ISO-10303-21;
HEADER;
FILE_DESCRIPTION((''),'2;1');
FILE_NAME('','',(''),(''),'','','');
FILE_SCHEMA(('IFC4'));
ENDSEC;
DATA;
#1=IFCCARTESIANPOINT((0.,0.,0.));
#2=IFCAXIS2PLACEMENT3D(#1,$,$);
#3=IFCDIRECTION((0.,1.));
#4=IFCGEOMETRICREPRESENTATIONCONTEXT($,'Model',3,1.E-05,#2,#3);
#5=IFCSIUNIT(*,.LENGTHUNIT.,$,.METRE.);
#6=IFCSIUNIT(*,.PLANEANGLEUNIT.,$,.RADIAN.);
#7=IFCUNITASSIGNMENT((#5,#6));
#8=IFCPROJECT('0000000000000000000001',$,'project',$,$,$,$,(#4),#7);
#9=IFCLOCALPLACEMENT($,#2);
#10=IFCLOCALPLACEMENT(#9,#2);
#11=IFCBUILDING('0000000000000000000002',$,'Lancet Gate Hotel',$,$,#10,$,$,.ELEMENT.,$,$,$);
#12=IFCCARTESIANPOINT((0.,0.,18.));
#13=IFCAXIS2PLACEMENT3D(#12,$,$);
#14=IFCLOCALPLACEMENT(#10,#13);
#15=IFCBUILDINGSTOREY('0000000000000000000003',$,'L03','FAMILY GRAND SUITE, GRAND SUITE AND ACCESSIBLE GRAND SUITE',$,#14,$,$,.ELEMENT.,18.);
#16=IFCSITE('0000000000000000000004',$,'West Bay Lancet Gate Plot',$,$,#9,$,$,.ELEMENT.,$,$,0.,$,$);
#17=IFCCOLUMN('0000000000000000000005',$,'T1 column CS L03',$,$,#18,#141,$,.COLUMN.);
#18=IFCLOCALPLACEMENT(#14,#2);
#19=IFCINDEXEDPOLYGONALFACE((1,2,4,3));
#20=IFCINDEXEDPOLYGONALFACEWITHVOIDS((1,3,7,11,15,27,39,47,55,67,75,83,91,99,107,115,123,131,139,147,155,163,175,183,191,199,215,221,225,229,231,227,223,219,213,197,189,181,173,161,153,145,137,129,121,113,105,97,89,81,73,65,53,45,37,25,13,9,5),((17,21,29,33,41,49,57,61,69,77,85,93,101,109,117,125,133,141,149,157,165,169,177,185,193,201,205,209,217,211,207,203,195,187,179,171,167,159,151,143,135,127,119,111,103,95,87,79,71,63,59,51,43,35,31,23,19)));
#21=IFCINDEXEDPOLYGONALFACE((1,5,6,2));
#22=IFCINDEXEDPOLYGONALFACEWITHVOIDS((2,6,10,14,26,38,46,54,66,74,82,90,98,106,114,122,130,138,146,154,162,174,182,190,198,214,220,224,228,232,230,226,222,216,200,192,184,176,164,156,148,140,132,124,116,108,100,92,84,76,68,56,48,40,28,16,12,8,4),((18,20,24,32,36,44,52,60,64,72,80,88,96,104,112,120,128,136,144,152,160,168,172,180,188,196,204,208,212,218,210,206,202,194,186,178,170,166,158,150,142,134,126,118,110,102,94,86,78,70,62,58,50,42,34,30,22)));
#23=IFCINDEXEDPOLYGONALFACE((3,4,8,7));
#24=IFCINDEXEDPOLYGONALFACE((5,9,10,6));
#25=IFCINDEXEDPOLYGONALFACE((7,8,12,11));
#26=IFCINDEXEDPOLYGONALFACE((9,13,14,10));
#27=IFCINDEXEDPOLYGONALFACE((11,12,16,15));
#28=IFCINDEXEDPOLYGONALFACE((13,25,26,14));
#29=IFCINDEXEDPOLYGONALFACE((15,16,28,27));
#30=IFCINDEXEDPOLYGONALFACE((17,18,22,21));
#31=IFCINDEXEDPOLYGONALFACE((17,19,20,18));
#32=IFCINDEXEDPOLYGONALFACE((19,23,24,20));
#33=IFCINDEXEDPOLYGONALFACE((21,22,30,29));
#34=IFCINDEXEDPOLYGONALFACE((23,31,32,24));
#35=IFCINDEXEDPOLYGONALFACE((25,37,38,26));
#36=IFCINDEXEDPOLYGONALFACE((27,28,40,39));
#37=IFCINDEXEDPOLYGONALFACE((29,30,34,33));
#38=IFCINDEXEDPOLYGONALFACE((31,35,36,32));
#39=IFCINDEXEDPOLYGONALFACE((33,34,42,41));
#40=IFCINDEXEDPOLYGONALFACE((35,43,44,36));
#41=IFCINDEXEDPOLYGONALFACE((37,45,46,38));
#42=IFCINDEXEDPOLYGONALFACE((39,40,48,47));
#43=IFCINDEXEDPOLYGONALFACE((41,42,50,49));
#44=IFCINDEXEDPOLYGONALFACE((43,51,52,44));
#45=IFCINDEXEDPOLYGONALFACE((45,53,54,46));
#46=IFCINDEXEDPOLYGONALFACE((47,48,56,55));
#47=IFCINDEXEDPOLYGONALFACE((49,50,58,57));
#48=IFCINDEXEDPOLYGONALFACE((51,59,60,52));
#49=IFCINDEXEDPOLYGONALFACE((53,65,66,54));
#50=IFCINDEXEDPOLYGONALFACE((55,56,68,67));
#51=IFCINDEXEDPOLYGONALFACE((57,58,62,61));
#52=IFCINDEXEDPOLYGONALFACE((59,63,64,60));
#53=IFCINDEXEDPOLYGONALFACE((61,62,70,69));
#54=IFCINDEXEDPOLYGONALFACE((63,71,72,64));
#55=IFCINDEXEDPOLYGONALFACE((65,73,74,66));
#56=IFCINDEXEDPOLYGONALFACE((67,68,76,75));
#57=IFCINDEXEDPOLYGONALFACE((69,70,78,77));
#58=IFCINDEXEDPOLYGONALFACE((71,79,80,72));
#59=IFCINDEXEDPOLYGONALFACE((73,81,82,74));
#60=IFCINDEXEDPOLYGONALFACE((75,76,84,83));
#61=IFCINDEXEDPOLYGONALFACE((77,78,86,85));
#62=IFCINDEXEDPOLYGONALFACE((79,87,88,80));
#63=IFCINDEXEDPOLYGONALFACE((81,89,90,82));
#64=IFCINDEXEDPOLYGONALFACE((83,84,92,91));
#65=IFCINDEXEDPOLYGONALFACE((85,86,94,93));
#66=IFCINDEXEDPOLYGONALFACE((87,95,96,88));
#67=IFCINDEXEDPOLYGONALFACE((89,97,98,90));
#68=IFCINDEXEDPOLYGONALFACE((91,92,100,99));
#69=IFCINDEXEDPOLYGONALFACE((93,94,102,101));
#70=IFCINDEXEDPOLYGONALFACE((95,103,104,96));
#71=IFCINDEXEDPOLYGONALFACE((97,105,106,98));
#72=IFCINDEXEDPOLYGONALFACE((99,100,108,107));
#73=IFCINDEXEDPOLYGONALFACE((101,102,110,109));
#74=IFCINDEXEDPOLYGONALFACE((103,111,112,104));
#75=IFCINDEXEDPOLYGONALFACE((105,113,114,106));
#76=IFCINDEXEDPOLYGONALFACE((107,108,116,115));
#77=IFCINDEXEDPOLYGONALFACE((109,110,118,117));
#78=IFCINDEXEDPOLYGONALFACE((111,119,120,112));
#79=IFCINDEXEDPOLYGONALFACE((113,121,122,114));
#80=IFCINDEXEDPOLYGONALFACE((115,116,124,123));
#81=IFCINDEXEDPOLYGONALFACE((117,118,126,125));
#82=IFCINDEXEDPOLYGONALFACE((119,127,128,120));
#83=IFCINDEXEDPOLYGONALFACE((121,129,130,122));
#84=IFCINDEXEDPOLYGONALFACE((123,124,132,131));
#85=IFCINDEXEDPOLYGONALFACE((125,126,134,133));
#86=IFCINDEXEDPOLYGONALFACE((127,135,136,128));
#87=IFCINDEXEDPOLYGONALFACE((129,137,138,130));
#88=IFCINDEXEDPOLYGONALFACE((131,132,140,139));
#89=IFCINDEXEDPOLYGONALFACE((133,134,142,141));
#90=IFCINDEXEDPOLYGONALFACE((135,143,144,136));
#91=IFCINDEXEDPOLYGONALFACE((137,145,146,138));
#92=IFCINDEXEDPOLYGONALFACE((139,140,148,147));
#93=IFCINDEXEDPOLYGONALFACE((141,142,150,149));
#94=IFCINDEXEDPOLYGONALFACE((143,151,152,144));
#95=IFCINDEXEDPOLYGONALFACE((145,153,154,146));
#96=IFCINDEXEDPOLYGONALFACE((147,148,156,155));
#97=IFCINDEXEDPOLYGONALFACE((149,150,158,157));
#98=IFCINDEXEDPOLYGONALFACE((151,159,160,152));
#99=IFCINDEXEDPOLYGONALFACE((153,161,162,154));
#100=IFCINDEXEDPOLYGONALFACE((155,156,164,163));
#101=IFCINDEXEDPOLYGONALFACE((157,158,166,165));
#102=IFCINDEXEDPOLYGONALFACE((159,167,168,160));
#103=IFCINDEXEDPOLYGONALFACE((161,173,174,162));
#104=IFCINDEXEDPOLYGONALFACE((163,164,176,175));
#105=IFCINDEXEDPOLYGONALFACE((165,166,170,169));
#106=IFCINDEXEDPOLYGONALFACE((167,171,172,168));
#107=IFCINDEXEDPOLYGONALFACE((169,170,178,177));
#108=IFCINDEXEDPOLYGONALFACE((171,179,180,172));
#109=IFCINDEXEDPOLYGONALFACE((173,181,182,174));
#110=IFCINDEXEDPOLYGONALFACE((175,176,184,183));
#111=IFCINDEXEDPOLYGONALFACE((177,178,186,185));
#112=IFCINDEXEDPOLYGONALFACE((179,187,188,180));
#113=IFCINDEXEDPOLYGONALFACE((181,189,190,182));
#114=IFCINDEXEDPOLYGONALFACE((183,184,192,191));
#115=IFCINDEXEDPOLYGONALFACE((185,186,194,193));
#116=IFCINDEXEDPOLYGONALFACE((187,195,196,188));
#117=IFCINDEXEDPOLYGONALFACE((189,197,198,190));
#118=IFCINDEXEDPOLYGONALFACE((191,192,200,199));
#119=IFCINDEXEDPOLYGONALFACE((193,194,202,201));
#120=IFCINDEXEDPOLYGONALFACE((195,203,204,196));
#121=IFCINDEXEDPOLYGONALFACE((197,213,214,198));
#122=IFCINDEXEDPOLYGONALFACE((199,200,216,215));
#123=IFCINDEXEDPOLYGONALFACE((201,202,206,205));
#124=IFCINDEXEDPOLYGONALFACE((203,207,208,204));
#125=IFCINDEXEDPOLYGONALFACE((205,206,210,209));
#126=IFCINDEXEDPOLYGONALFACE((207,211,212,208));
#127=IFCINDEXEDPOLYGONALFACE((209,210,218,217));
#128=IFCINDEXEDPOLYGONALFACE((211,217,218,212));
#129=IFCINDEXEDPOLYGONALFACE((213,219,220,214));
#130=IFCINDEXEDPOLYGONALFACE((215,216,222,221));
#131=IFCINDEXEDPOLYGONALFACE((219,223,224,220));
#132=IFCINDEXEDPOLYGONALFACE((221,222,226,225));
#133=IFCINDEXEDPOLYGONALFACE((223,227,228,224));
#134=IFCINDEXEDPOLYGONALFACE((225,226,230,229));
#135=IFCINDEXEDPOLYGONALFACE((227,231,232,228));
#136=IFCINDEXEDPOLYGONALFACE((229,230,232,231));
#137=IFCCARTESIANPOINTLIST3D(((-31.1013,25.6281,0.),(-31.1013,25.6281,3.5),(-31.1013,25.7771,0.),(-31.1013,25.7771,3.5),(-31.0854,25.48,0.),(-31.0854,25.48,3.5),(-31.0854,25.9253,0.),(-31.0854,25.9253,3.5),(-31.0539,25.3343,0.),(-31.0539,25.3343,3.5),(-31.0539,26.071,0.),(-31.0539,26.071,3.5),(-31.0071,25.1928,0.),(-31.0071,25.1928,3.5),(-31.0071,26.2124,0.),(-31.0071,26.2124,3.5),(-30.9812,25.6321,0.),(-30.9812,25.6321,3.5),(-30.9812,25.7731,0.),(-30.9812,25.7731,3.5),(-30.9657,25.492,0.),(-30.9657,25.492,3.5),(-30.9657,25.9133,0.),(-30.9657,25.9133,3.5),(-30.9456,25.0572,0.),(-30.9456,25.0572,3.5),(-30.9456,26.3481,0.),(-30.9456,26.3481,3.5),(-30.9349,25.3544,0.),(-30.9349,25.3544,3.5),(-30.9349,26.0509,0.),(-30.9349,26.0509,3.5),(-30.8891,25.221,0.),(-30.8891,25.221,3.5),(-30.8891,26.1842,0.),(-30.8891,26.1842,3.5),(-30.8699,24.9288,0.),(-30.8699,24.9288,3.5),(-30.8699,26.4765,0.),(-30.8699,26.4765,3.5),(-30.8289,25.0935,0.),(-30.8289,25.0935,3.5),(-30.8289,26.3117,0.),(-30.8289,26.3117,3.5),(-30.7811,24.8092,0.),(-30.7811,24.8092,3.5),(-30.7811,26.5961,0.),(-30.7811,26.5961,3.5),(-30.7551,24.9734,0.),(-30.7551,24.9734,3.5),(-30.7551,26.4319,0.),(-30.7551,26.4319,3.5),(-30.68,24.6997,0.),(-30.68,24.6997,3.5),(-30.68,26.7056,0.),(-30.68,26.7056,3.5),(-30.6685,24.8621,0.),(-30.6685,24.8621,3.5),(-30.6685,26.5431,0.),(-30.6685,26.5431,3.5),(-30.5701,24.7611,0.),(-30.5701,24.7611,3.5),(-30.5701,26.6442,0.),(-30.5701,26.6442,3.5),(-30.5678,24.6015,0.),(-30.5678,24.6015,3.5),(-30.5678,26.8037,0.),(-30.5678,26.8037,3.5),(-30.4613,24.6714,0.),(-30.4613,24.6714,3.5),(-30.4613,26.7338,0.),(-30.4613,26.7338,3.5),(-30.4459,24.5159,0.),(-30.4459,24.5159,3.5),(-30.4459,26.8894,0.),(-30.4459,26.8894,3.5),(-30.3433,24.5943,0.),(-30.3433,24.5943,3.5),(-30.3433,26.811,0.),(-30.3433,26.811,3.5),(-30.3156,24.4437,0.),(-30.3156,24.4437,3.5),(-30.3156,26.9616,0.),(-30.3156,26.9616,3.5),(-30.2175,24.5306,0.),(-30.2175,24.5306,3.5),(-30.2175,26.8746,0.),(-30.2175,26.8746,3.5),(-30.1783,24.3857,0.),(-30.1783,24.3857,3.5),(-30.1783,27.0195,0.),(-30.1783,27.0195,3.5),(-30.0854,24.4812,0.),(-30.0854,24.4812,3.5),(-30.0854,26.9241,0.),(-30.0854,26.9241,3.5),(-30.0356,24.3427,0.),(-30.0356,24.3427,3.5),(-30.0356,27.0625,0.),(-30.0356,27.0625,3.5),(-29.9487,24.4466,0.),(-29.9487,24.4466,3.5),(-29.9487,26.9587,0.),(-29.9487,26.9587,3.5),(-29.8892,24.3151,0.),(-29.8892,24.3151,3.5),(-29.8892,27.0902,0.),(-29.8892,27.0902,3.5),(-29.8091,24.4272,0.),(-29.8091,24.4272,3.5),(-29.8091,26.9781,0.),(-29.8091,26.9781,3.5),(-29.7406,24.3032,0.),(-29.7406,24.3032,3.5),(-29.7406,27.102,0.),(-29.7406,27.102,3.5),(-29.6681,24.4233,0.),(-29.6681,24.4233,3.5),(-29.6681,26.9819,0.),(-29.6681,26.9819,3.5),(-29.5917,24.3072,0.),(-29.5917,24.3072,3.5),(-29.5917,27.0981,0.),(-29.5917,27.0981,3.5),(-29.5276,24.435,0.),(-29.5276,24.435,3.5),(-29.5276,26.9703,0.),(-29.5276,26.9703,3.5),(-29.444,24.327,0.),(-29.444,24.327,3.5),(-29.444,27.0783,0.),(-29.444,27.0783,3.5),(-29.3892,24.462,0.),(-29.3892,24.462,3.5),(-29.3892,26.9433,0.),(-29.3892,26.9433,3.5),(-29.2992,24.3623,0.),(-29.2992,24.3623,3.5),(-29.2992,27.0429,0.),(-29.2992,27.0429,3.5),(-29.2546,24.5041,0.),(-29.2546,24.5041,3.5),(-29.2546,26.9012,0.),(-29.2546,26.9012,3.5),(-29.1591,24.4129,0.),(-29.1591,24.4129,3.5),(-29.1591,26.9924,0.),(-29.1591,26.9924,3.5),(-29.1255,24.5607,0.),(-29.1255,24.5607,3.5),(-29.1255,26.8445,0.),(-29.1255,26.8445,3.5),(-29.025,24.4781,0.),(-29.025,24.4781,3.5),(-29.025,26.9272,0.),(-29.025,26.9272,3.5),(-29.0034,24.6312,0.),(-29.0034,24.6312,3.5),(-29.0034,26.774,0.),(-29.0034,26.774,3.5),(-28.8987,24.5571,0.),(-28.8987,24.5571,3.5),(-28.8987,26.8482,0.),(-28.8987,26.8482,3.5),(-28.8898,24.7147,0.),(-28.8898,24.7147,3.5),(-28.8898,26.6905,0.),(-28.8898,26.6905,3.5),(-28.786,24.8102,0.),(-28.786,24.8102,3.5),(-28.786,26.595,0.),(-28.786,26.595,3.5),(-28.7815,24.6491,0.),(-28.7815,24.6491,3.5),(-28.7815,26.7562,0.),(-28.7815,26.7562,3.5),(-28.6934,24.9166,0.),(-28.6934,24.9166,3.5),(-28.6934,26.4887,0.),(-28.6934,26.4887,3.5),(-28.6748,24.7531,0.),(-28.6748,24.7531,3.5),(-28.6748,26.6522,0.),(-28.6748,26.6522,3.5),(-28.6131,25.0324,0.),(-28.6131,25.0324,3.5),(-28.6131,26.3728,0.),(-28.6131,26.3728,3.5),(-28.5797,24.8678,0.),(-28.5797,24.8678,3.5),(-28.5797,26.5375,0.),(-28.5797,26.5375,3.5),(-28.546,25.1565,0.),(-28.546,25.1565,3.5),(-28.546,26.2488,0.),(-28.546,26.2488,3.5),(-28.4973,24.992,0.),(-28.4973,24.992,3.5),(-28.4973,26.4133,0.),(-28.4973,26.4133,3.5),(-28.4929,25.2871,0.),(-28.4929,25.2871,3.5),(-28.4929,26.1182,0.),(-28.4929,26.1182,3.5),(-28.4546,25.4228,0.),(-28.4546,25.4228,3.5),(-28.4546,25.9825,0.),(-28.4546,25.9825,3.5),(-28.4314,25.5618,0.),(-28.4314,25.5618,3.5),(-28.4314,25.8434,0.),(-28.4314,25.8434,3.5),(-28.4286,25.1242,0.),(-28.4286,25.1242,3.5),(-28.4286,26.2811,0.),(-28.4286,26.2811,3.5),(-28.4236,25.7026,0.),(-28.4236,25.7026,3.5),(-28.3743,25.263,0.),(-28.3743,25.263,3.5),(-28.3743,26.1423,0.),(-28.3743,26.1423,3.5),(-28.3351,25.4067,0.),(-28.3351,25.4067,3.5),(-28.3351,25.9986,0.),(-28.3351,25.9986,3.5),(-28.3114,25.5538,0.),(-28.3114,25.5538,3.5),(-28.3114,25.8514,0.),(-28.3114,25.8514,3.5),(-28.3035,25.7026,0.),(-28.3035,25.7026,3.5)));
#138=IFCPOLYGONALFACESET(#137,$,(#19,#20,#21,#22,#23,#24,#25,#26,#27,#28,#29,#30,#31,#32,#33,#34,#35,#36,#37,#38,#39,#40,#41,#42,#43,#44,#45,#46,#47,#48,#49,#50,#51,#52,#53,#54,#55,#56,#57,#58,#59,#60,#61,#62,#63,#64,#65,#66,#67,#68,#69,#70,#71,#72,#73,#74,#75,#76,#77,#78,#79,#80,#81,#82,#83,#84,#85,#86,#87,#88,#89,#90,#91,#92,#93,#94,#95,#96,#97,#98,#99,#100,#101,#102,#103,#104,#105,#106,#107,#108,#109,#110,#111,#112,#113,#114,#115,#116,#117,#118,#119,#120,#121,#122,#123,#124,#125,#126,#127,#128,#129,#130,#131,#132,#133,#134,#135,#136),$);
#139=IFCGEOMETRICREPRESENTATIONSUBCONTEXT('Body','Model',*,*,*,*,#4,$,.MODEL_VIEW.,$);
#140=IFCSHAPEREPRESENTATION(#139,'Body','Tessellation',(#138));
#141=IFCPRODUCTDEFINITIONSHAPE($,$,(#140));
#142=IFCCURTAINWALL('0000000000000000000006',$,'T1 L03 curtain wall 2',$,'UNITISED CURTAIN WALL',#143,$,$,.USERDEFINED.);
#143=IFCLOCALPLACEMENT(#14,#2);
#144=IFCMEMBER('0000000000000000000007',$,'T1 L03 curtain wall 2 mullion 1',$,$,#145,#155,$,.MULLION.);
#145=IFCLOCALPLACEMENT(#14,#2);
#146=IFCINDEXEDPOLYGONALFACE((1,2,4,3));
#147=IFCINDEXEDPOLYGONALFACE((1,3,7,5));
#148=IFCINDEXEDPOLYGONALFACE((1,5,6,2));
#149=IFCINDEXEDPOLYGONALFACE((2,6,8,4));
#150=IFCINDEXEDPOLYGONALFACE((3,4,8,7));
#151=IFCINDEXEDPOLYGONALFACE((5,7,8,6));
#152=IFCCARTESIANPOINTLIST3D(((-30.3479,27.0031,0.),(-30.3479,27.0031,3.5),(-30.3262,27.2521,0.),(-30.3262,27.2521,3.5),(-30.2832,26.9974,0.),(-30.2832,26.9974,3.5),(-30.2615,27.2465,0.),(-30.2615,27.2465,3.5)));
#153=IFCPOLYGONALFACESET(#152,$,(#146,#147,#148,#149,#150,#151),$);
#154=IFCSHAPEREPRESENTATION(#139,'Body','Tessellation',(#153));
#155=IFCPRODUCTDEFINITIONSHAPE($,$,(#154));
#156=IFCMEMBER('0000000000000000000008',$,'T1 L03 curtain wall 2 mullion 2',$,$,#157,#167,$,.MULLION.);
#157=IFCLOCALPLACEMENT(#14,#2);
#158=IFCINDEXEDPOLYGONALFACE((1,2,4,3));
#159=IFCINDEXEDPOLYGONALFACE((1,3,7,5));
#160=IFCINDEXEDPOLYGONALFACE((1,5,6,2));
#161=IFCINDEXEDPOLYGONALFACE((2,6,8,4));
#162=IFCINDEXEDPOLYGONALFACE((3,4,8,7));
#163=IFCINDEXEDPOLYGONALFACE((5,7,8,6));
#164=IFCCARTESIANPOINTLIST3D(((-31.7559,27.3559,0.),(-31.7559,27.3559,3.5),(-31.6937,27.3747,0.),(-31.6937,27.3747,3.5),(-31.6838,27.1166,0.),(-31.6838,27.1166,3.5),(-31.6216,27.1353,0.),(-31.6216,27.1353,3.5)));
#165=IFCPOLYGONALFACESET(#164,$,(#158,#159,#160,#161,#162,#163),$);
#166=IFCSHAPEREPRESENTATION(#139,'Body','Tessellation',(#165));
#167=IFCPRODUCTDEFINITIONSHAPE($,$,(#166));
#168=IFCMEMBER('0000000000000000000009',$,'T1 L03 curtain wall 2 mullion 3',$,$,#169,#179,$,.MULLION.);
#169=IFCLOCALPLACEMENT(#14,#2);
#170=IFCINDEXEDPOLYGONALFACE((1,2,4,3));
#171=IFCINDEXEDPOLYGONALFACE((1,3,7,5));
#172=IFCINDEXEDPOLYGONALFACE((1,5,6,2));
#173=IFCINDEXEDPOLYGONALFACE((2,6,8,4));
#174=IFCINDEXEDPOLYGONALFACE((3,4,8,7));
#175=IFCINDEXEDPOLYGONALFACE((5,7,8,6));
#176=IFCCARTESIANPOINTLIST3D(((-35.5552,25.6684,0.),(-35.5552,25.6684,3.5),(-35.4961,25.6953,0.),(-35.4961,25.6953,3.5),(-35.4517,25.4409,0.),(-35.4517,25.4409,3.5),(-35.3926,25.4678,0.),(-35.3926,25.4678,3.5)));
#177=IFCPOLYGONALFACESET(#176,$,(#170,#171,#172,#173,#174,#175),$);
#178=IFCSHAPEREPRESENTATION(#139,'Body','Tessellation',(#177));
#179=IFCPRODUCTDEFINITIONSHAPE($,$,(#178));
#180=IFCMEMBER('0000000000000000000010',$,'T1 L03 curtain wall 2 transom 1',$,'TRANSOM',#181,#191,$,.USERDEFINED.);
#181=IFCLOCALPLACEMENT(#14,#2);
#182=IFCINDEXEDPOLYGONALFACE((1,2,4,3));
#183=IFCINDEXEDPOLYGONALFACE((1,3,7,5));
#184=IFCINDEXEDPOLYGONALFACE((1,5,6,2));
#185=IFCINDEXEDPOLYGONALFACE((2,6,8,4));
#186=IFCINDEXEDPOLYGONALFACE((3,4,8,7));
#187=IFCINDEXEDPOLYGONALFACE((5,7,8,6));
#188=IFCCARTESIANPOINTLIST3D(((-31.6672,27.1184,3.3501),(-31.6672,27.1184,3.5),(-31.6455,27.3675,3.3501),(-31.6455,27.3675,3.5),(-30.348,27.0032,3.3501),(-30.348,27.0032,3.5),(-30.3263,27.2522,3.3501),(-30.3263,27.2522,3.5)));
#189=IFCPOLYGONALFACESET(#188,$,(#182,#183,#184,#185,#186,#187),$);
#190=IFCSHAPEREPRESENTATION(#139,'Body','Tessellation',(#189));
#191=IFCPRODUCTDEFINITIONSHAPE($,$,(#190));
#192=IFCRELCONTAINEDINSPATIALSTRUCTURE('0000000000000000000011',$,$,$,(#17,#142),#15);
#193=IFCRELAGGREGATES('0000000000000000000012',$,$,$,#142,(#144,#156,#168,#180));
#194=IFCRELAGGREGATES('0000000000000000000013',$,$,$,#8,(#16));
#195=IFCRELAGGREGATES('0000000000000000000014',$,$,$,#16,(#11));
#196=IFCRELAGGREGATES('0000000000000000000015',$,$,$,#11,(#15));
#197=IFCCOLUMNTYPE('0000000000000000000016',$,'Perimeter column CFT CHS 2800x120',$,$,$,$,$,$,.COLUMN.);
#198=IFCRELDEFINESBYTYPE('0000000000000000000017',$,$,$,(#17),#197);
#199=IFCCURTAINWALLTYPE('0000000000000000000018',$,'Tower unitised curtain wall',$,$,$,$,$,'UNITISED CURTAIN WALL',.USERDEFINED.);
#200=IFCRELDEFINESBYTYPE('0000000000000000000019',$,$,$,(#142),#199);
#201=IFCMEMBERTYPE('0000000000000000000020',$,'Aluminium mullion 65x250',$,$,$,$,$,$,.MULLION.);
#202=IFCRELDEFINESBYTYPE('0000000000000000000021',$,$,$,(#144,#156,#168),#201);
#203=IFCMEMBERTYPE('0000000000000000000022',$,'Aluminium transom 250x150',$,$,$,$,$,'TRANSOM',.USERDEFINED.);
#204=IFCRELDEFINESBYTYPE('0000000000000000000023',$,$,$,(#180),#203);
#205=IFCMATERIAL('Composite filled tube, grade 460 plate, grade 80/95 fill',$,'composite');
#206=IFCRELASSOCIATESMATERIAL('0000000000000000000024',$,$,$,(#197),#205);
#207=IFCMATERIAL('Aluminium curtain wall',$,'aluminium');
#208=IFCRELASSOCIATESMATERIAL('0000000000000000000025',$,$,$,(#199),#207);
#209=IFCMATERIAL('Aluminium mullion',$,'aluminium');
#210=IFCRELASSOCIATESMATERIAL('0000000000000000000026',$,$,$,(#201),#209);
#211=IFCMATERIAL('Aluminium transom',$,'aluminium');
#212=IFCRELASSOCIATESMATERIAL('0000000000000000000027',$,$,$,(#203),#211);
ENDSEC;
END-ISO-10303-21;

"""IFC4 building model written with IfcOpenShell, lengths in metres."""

from ifc_helpers import new_model, si_unit, direction, frame, origin, origin_2d, place, context, subcontext, project, spatial, rectangle, hollow_circle, extrude, material, material_profile, profile_set, type_object, element, aggregate, save


model = new_model("IFC4")

# Units and contexts
model_context = context("Model", 3, precision=1e-05, world=origin(), true_north=direction((0.0, 1.0)))
body_context = subcontext(model_context, "Body", "Model", "MODEL_VIEW")
ifc_project = project(units=[si_unit("LENGTHUNIT", "METRE"), si_unit("PLANEANGLEUNIT", "RADIAN")], contexts=[model_context])

# Site, building, storey
site_placement = place(None, origin())
site = spatial("IfcSite", under=ifc_project, at=site_placement, Name="West Bay Lancet Gate Plot", CompositionType="ELEMENT", RefElevation=0.0)
building_placement = place(site_placement, origin())
building = spatial("IfcBuilding", under=site, at=building_placement, Name="Lancet Gate Hotel", CompositionType="ELEMENT")
storey_placement = place(building_placement, frame((0.0, 0.0, 18.0)))
storey = spatial("IfcBuildingStorey", under=building, at=storey_placement, Name="L03", Description="FAMILY GRAND SUITE, GRAND SUITE AND ACCESSIBLE GRAND SUITE", CompositionType="ELEMENT", Elevation=18.0)

# Column
ifc_material_1 = material(Name="Composite filled tube, grade 460 plate, grade 80/95 fill", Category="composite")
ifc_material_profile_1 = material_profile(ifc_material_1, hollow_circle(Radius=1.3999, WallThickness=0.1201, at=origin_2d()), Name="CHS 2800x120")
ifc_profile_set_1 = profile_set([ifc_material_profile_1], Name="Composite filled tube, grade 460 plate, grade 80/95 fill")
column_type = type_object("IfcColumnType", Name="Perimeter column CFT CHS 2800x120", PredefinedType="COLUMN", material=ifc_profile_set_1)
column_placement = place(storey_placement, frame((-29.7034, 25.7026, 0.0), z_axis=(0.0, 0.0, 1.0), x_axis=(1.0, 0.0, 0.0)))
element("IfcColumn", 1, at=column_placement, inside=storey, type_object=column_type, Name="T1 column CS L03", PredefinedType="COLUMN", context=body_context, shape_type="SweptSolid", body=[
    extrude(hollow_circle(Radius=1.3999, WallThickness=0.1201, at=origin_2d()), origin(), (0.0, 0.0, 1.0), 3.5),
])

# Curtain wall, members
ifc_material_2 = material(Name="Aluminium curtain wall", Category="aluminium")
curtain_wall_type = type_object("IfcCurtainWallType", Name="Tower unitised curtain wall", ElementType="UNITISED CURTAIN WALL", PredefinedType="USERDEFINED", material=ifc_material_2)
curtain_wall_placement = place(storey_placement, origin())
curtain_wall = element("IfcCurtainWall", 2, at=curtain_wall_placement, inside=storey, type_object=curtain_wall_type, Name="T1 L03 curtain wall 2", ObjectType="UNITISED CURTAIN WALL", PredefinedType="USERDEFINED")
ifc_material_3 = material(Name="Aluminium mullion", Category="aluminium")
ifc_material_profile_2 = material_profile(ifc_material_3, rectangle(XDim=0.0649, YDim=0.25, at=origin_2d()), Name="MULLION 65x250")
ifc_profile_set_2 = profile_set([ifc_material_profile_2], Name="Aluminium mullion")
member_type_1 = type_object("IfcMemberType", Name="Aluminium mullion 65x250", PredefinedType="MULLION", material=ifc_profile_set_2)
member_1_placement = place(storey_placement, frame((-30.3047, 27.1248, 0.0), z_axis=(0.0, 0.0, 1.0), x_axis=(-0.996204, 0.087052, 0.0)))
member_1 = element("IfcMember", 3, at=member_1_placement, type_object=member_type_1, Name="T1 L03 curtain wall 2 mullion 1", PredefinedType="MULLION", context=body_context, shape_type="SweptSolid", body=[
    extrude(rectangle(XDim=0.0649, YDim=0.25, at=origin_2d()), origin(), (0.0, 0.0, 1.0), 3.5),
])
member_2_placement = place(storey_placement, frame((-31.6887, 27.2456, 0.0), z_axis=(0.0, 0.0, 1.0), x_axis=(-0.957524, -0.288352, 0.0)))
member_2 = element("IfcMember", 4, at=member_2_placement, type_object=member_type_1, Name="T1 L03 curtain wall 2 mullion 2", PredefinedType="MULLION", context=body_context, shape_type="SweptSolid", body=[
    extrude(rectangle(XDim=0.0649, YDim=0.25, at=origin_2d()), origin(), (0.0, 0.0, 1.0), 3.5),
])
member_3_placement = place(storey_placement, frame((-35.4739, 25.5681, 0.0), z_axis=(0.0, 0.0, 1.0), x_axis=(-0.91022, -0.414126, 0.0)))
member_3 = element("IfcMember", 5, at=member_3_placement, type_object=member_type_1, Name="T1 L03 curtain wall 2 mullion 3", PredefinedType="MULLION", context=body_context, shape_type="SweptSolid", body=[
    extrude(rectangle(XDim=0.0649, YDim=0.25, at=origin_2d()), origin(), (0.0, 0.0, 1.0), 3.5),
])
ifc_material_4 = material(Name="Aluminium transom", Category="aluminium")
ifc_material_profile_3 = material_profile(ifc_material_4, rectangle(XDim=0.25, YDim=0.1499, at=origin_2d()), Name="TRANSOM 250x150")
ifc_profile_set_3 = profile_set([ifc_material_profile_3], Name="Aluminium transom")
member_type_2 = type_object("IfcMemberType", Name="Aluminium transom 250x150", ElementType="TRANSOM", PredefinedType="USERDEFINED", material=ifc_profile_set_3)
member_4_placement = place(storey_placement, frame((-30.3372, 27.1277, 3.425), z_axis=(-0.996206, 0.087027, 0.0), x_axis=(-0.087027, -0.996206, 0.0)))
member_4 = element("IfcMember", 6, at=member_4_placement, type_object=member_type_2, Name="T1 L03 curtain wall 2 transom 1", ObjectType="TRANSOM", PredefinedType="USERDEFINED", context=body_context, shape_type="SweptSolid", body=[
    extrude(rectangle(XDim=0.25, YDim=0.1499, at=origin_2d()), origin(), (0.0, 0.0, 1.0), 1.3242),
])

aggregate(curtain_wall, [member_1, member_2, member_3, member_4])

save(model, "model.ifc")
